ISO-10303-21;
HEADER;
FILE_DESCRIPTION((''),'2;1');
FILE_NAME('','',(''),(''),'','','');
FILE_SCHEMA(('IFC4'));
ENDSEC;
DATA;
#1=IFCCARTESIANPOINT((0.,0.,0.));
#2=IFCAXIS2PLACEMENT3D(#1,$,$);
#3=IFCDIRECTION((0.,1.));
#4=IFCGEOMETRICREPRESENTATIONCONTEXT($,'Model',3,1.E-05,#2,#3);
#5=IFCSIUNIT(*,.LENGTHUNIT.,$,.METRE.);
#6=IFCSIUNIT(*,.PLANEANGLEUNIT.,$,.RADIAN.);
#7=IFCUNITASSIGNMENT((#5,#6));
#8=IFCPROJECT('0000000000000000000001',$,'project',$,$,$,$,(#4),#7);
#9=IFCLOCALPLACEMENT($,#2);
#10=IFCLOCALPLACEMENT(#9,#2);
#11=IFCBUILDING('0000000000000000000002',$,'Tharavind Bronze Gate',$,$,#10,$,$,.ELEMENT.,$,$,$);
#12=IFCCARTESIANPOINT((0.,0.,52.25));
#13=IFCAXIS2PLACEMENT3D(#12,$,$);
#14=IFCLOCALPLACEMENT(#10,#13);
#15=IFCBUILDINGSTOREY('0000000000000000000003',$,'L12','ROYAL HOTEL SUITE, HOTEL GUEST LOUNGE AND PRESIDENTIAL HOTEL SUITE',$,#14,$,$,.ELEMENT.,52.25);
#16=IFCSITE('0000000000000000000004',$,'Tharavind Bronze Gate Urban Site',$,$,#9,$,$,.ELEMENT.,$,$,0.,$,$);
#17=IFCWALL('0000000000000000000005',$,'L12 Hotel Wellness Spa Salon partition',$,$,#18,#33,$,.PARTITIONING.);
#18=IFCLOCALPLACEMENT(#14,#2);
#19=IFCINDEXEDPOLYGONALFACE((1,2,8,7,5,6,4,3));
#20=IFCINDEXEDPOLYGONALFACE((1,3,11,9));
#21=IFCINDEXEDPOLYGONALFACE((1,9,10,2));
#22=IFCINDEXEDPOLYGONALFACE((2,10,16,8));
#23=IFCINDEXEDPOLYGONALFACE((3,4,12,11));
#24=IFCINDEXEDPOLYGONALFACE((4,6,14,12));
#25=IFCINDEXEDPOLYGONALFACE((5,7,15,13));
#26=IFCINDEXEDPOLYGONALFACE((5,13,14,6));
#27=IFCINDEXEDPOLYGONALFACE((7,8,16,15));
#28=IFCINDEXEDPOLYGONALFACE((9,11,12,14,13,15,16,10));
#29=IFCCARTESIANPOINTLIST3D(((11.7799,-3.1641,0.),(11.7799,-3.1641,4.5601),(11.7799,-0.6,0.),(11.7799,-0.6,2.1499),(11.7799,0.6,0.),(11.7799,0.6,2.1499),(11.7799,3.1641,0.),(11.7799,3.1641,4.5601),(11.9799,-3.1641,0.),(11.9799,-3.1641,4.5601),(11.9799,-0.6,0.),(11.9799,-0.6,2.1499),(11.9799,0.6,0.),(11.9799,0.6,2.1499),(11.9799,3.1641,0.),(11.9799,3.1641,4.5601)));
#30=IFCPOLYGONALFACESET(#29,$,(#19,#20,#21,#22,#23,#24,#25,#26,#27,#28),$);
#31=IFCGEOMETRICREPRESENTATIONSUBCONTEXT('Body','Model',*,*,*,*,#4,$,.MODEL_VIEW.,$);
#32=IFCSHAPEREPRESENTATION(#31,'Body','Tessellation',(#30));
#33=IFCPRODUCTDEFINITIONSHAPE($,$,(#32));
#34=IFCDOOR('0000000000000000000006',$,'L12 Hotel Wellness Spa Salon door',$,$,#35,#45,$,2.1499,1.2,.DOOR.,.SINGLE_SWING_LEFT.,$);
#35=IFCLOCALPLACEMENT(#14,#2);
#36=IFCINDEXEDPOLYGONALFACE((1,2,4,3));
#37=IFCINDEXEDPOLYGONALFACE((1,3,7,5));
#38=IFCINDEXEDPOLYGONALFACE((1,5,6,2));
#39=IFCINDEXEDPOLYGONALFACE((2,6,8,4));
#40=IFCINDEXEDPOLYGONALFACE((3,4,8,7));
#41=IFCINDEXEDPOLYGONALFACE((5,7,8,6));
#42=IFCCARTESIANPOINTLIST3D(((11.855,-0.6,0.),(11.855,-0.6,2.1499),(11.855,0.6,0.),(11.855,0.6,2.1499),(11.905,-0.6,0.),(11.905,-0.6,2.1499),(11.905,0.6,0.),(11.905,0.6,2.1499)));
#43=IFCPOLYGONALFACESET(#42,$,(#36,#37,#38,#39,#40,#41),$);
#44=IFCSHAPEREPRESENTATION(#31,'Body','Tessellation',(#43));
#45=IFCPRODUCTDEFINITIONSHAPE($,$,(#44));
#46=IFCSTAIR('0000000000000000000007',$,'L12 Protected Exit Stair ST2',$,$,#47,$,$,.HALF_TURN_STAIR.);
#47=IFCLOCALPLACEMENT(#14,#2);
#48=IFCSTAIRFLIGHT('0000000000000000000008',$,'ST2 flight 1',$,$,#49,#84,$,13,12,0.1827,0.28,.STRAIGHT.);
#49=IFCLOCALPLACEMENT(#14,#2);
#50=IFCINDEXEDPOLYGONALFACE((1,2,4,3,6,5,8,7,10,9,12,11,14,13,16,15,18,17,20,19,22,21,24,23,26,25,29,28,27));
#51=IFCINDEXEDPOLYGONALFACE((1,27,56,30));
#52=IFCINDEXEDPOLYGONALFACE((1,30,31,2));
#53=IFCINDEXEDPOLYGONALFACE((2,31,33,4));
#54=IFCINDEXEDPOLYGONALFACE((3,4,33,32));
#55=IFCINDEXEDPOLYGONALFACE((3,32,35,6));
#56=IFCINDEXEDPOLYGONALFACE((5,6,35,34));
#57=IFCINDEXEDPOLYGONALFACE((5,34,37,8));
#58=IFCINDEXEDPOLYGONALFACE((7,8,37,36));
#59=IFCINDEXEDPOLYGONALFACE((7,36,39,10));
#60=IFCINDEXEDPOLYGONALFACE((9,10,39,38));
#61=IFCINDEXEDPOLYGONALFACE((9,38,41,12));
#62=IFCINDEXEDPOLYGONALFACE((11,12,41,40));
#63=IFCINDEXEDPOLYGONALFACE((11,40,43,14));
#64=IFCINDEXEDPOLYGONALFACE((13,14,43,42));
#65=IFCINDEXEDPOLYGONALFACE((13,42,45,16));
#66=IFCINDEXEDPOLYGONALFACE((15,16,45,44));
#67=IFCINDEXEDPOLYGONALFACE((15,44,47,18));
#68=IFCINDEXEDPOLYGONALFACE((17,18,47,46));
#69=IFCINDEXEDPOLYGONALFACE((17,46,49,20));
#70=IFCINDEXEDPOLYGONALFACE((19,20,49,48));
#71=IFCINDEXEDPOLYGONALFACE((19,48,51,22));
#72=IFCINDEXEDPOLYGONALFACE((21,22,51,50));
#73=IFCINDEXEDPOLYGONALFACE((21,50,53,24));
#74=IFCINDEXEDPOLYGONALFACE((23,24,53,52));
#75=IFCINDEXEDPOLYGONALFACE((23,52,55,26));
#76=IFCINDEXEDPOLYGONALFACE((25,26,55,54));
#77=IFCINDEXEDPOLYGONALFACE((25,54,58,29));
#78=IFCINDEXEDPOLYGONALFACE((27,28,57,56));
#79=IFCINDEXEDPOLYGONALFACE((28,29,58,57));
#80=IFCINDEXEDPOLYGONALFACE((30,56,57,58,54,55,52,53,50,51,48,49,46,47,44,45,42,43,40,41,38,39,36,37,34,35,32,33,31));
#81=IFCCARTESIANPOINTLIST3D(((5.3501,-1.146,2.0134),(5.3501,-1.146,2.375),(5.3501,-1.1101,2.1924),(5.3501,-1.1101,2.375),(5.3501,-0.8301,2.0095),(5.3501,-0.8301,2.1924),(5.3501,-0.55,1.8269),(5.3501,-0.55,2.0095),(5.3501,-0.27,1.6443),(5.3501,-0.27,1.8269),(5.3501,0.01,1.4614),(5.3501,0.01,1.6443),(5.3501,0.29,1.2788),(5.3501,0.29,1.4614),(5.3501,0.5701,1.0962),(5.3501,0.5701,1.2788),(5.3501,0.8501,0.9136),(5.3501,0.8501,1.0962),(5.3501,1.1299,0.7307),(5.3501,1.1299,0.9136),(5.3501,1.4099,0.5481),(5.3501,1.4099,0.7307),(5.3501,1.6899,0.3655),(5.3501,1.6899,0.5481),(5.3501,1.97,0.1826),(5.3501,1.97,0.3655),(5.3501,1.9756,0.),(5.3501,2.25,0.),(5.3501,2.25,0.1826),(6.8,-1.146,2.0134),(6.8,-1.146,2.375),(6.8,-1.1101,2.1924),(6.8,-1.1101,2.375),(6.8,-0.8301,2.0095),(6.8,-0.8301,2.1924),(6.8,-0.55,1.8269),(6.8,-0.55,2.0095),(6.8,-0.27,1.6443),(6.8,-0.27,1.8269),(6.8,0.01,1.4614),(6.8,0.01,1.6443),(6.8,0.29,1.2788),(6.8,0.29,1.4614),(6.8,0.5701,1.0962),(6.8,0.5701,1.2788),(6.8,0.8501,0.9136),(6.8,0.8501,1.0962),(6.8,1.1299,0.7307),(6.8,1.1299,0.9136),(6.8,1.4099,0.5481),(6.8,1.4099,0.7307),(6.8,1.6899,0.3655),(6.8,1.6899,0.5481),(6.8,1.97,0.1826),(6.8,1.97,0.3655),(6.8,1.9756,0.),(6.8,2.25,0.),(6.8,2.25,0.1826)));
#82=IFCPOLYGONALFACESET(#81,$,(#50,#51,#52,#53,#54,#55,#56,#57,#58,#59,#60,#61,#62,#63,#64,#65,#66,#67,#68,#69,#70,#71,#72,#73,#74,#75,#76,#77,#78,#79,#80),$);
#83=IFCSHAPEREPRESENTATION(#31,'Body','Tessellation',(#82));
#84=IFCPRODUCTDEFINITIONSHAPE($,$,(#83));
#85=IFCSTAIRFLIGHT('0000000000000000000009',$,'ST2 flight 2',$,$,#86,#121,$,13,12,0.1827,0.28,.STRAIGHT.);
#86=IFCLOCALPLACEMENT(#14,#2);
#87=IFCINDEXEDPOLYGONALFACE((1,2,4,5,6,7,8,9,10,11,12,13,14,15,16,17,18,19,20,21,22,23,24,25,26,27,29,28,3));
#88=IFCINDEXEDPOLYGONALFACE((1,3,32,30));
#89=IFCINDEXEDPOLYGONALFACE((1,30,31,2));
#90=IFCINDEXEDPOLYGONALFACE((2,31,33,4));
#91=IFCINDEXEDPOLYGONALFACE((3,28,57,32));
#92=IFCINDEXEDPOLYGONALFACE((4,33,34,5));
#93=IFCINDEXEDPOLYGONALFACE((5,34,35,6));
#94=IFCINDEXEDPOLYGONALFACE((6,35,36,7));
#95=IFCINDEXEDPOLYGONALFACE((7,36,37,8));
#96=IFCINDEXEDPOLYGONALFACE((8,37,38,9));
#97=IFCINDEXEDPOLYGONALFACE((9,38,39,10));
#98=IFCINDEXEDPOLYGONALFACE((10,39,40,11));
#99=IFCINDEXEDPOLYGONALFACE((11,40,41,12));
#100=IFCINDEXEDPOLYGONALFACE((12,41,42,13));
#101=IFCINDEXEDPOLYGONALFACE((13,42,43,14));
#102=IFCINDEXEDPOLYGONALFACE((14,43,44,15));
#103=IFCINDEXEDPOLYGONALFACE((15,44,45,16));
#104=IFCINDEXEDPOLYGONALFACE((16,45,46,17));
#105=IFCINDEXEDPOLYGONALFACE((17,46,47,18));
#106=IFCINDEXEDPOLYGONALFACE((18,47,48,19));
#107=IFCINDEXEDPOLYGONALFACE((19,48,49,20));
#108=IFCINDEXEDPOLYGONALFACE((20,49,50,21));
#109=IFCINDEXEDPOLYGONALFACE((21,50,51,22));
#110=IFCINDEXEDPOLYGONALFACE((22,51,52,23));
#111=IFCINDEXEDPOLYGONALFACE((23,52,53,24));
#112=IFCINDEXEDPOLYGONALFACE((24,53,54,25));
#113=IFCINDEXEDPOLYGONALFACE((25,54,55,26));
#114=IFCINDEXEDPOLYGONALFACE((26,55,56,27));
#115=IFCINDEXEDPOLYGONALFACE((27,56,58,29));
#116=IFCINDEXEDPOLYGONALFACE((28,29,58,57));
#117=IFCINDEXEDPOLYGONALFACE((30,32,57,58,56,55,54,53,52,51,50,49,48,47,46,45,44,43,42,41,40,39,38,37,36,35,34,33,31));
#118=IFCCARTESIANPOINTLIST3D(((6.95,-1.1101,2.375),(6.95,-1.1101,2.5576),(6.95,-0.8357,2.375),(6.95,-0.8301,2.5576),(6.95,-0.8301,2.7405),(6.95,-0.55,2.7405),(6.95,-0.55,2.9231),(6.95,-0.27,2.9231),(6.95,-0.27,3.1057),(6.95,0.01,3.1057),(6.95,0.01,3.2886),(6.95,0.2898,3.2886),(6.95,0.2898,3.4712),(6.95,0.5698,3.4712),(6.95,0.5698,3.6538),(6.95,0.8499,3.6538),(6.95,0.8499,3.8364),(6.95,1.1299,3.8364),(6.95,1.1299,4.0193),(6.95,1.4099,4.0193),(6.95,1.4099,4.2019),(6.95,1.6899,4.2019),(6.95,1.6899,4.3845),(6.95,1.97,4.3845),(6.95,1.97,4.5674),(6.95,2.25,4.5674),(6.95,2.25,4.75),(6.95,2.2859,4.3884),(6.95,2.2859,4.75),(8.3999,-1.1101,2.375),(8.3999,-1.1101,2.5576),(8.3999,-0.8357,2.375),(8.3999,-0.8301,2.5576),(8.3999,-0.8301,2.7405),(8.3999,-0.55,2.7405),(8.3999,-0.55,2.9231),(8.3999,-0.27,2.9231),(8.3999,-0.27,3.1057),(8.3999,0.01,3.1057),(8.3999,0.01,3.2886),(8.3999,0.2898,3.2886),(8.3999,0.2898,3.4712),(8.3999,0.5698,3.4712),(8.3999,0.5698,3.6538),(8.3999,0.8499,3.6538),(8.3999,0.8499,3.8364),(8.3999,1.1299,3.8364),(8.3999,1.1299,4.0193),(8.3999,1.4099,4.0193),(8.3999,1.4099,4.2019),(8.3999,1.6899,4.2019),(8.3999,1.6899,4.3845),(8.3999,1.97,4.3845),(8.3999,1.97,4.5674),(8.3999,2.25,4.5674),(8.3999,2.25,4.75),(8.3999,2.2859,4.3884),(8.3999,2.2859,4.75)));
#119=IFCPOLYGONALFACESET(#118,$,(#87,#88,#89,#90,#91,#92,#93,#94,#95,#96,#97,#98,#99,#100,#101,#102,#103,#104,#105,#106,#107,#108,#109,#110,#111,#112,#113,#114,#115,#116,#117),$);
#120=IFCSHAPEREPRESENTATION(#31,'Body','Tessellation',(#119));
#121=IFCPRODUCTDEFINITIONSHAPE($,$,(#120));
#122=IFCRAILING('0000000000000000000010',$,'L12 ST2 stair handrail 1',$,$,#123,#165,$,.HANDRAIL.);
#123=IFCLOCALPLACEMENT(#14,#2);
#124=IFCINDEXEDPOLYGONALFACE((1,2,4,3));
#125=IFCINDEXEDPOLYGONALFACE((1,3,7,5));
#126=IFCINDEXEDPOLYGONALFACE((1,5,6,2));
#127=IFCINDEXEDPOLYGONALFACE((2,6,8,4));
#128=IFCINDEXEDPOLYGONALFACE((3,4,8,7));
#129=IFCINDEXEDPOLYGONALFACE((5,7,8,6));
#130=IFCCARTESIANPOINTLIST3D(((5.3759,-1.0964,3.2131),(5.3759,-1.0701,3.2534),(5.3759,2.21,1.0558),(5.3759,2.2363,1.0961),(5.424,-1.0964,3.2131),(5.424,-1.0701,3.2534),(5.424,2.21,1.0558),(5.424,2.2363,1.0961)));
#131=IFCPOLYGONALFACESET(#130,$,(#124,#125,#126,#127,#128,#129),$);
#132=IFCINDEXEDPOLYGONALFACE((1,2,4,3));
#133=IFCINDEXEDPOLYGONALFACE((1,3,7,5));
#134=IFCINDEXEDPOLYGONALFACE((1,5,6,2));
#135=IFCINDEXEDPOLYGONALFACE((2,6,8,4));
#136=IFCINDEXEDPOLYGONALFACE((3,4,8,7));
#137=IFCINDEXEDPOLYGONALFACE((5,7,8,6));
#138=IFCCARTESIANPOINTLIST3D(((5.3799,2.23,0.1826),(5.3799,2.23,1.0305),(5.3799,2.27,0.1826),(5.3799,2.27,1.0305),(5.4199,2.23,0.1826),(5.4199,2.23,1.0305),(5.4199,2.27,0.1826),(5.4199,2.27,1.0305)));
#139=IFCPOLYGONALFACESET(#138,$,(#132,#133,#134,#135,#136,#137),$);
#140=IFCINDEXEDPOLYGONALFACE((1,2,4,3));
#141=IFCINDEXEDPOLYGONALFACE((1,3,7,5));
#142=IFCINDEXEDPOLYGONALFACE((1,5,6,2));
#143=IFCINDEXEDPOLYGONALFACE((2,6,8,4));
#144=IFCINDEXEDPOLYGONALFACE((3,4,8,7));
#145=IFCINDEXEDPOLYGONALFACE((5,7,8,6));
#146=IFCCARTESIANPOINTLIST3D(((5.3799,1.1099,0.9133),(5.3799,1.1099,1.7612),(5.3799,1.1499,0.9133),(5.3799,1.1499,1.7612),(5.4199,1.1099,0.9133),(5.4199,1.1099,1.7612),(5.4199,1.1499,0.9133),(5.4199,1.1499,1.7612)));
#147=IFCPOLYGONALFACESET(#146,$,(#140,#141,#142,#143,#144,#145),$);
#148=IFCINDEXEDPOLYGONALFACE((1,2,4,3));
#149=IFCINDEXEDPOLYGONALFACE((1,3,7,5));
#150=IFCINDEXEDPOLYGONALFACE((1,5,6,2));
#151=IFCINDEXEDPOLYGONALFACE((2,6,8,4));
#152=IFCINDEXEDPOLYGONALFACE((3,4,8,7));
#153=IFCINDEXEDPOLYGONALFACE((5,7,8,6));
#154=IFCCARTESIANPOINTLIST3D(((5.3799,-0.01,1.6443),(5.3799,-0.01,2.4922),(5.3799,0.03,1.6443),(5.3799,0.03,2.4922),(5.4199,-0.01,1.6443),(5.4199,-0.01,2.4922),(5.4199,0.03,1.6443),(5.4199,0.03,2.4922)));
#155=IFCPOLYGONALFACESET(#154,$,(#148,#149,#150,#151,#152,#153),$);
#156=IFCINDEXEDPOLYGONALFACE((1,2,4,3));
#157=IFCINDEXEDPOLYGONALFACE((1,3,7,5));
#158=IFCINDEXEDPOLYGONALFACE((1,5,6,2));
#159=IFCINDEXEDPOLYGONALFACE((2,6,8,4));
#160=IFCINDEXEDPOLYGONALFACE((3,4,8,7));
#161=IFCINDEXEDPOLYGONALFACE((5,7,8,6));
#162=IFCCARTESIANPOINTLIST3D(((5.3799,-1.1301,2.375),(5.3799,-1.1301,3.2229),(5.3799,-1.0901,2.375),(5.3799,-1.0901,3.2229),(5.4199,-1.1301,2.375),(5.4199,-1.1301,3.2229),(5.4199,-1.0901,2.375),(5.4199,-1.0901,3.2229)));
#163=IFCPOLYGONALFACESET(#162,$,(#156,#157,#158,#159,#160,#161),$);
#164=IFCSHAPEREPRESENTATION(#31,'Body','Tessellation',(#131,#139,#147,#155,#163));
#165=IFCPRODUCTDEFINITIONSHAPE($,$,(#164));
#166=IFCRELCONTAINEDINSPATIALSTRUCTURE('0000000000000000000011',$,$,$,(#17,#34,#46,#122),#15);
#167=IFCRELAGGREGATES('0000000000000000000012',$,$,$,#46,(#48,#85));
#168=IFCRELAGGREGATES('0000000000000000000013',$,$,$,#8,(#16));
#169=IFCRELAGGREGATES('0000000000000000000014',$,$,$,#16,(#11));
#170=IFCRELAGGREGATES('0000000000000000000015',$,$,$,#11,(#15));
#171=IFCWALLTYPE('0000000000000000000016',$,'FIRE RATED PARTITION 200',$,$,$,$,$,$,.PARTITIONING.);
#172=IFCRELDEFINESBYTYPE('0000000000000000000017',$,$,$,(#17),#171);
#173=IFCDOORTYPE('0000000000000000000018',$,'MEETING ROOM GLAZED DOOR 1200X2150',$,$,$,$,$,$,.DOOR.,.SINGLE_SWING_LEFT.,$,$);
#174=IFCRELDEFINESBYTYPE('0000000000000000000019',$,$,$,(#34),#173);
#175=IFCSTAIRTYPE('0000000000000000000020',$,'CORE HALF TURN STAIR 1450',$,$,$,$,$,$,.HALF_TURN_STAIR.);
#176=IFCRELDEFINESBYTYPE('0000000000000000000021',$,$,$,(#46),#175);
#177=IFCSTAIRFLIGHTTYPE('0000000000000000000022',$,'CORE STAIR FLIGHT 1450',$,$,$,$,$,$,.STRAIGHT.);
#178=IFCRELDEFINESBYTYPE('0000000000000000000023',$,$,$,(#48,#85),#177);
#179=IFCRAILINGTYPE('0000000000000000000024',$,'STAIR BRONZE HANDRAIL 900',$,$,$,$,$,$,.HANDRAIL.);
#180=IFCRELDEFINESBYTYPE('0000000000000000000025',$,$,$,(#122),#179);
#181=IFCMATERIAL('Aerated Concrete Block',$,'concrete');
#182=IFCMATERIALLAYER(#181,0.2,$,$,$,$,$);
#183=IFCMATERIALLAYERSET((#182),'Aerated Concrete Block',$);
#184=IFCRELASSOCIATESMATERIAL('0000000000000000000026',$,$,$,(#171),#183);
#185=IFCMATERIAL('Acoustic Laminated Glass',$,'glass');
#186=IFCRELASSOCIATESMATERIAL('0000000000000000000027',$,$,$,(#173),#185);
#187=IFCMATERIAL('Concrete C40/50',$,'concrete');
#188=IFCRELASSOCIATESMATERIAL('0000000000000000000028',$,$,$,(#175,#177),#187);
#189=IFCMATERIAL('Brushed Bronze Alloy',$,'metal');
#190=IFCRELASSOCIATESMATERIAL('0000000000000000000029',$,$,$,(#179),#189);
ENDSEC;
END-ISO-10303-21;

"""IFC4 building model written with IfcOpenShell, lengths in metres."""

from ifc_helpers import new_model, si_unit, direction, frame, frame_2d, origin, origin_2d, place, context, subcontext, project, spatial, polyline, rectangle, outline, extrude, material, layer, layer_set, type_object, element, fill, aggregate, save


model = new_model("IFC4")

# Units and contexts
model_context = context("Model", 3, precision=1e-05, world=origin(), true_north=direction((0.0, 1.0)))
body_context = subcontext(model_context, "Body", "Model", "MODEL_VIEW")
ifc_project = project(units=[si_unit("LENGTHUNIT", "METRE"), si_unit("PLANEANGLEUNIT", "RADIAN")], contexts=[model_context])

# Site, building, storey
site_placement = place(None, origin())
site = spatial("IfcSite", under=ifc_project, at=site_placement, Name="Tharavind Bronze Gate Urban Site", CompositionType="ELEMENT", RefElevation=0.0)
building_placement = place(site_placement, origin())
building = spatial("IfcBuilding", under=site, at=building_placement, Name="Tharavind Bronze Gate", CompositionType="ELEMENT")
storey_placement = place(building_placement, frame((0.0, 0.0, 52.25)))
storey = spatial("IfcBuildingStorey", under=building, at=storey_placement, Name="L12", Description="ROYAL HOTEL SUITE, HOTEL GUEST LOUNGE AND PRESIDENTIAL HOTEL SUITE", CompositionType="ELEMENT", Elevation=52.25)

# Shared definitions
ifc_material_1 = material(Name="Aerated Concrete Block", Category="concrete")
ifc_layer_1 = layer(ifc_material_1, 0.2)
ifc_layer_set_1 = layer_set([ifc_layer_1], Name="Aerated Concrete Block")
wall_type_1 = type_object("IfcWallType", Name="FIRE RATED PARTITION 200", PredefinedType="PARTITIONING", material=ifc_layer_set_1)

# Shared definitions
ifc_material_2 = material(Name="Acoustic Laminated Glass", Category="glass")
door_type_1 = type_object("IfcDoorType", Name="MEETING ROOM GLAZED DOOR 1200X2150", OperationType="SINGLE_SWING_LEFT", PredefinedType="DOOR", material=ifc_material_2)

# Wall, opening, door
wall_1_placement = place(storey_placement, frame((11.8799, -3.1641, 0.0), z_axis=(0.0, 0.0, 1.0), x_axis=(0.0, 1.0, 0.0)))
wall_1 = element("IfcWall", 1, at=wall_1_placement, inside=storey, type_object=wall_type_1, Name="L12 Hotel Wellness Spa Salon partition", PredefinedType="PARTITIONING", context=body_context, shape_type="SweptSolid", body=[
    extrude(rectangle(XDim=6.3281, YDim=0.2, at=frame_2d((3.1641, 0.0))), origin(), (0.0, 0.0, 1.0), 4.5601),
])
opening_1_placement = place(wall_1_placement, frame((2.564, 0.0, 0.0)))
opening_1 = element("IfcOpeningElement", 2, at=opening_1_placement, cuts=wall_1, PredefinedType="OPENING", context=body_context, shape_type="SweptSolid", body=[
    extrude(rectangle(XDim=1.2, YDim=2.1499, at=frame_2d((0.6001, 1.075))), frame((0.0, 0.1101, 0.0), z_axis=(0.0, -1.0, 0.0), x_axis=(1.0, 0.0, 0.0)), (0.0, 0.0, 1.0), 0.22),
])
door_1_placement = place(opening_1_placement, origin())
door_1 = element("IfcDoor", 3, at=door_1_placement, inside=storey, type_object=door_type_1, Name="L12 Hotel Wellness Spa Salon door", OperationType="SINGLE_SWING_LEFT", OverallHeight=2.1499, OverallWidth=1.2, PredefinedType="DOOR", context=body_context, shape_type="SweptSolid", body=[
    extrude(rectangle(XDim=1.2, YDim=2.1499, at=frame_2d((0.6001, 1.075))), frame((0.0, 0.0249, 0.0), z_axis=(0.0, -1.0, 0.0), x_axis=(1.0, 0.0, 0.0)), (0.0, 0.0, 1.0), 0.05),
])
fill(opening_1, door_1)

# Stair, stair flights
ifc_material_3 = material(Name="Concrete C40/50", Category="concrete")
stair_type = type_object("IfcStairType", Name="CORE HALF TURN STAIR 1450", PredefinedType="HALF_TURN_STAIR", material=ifc_material_3)
stair_placement = place(storey_placement, origin())
stair = element("IfcStair", 4, at=stair_placement, inside=storey, type_object=stair_type, Name="L12 Protected Exit Stair ST2", PredefinedType="HALF_TURN_STAIR")
stair_flight_type = type_object("IfcStairFlightType", Name="CORE STAIR FLIGHT 1450", PredefinedType="STRAIGHT", material=ifc_material_3)
stair_flight_1_placement = place(storey_placement, frame((6.075, 2.25, 0.0), z_axis=(0.0, 0.0, 1.0), x_axis=(0.0, -1.0, 0.0)))
stair_flight_1 = element("IfcStairFlight", 5, at=stair_flight_1_placement, type_object=stair_flight_type, Name="ST2 flight 1", NumberOfRisers=13, NumberOfTreads=12, PredefinedType="STRAIGHT", RiserHeight=0.1827, TreadLength=0.28, context=body_context, shape_type="SweptSolid", body=[
    extrude(outline(polyline([(0.0, 0.0), (0.0, 0.1826), (0.28, 0.1826), (0.28, 0.3655), (0.5601, 0.3655), (0.5601, 0.5481), (0.8401, 0.5481), (0.8401, 0.7307), (1.1201, 0.7307), (1.1201, 0.9136), (1.3999, 0.9136), (1.3999, 1.0962), (1.6799, 1.0962), (1.6799, 1.2788), (1.96, 1.2788), (1.96, 1.4614), (2.24, 1.4614), (2.24, 1.6443), (2.52, 1.6443), (2.52, 1.8269), (2.8, 1.8269), (2.8, 2.0095), (3.0801, 2.0095), (3.0801, 2.1924), (3.3601, 2.1924), (3.3601, 2.375), (3.396, 2.375), (3.396, 2.0134), (0.2744, 0.0), (0.0, 0.0)])), frame((0.0, 0.7251, 0.0), z_axis=(0.0, -1.0, 0.0), x_axis=(1.0, 0.0, 0.0)), (0.0, 0.0, 1.0), 1.45),
])
stair_flight_2_placement = place(storey_placement, frame((7.675, -1.1101, 2.375), z_axis=(0.0, 0.0, 1.0), x_axis=(0.0, 1.0, 0.0)))
stair_flight_2 = element("IfcStairFlight", 6, at=stair_flight_2_placement, type_object=stair_flight_type, Name="ST2 flight 2", NumberOfRisers=13, NumberOfTreads=12, PredefinedType="STRAIGHT", RiserHeight=0.1827, TreadLength=0.28, context=body_context, shape_type="SweptSolid", body=[
    extrude(outline(polyline([(0.0, 0.0), (0.0, 0.1826), (0.28, 0.1826), (0.28, 0.3655), (0.5601, 0.3655), (0.5601, 0.5481), (0.8401, 0.5481), (0.8401, 0.7307), (1.1201, 0.7307), (1.1201, 0.9136), (1.3999, 0.9136), (1.3999, 1.0962), (1.6799, 1.0962), (1.6799, 1.2788), (1.96, 1.2788), (1.96, 1.4614), (2.24, 1.4614), (2.24, 1.6443), (2.52, 1.6443), (2.52, 1.8269), (2.8, 1.8269), (2.8, 2.0095), (3.0801, 2.0095), (3.0801, 2.1924), (3.3601, 2.1924), (3.3601, 2.375), (3.396, 2.375), (3.396, 2.0134), (0.2744, 0.0), (0.0, 0.0)])), frame((0.0, 0.7251, 0.0), z_axis=(0.0, -1.0, 0.0), x_axis=(1.0, 0.0, 0.0)), (0.0, 0.0, 1.0), 1.45),
])
aggregate(stair, [stair_flight_1, stair_flight_2])

# Railing
ifc_material_4 = material(Name="Brushed Bronze Alloy", Category="metal")
railing_type_1 = type_object("IfcRailingType", Name="STAIR BRONZE HANDRAIL 900", PredefinedType="HANDRAIL", material=ifc_material_4)
railing_1_placement = place(storey_placement, frame((5.3999, 2.25, 0.1826)))
element("IfcRailing", 7, at=railing_1_placement, inside=storey, type_object=railing_type_1, Name="L12 ST2 stair handrail 1", PredefinedType="HANDRAIL", context=body_context, shape_type="SweptSolid", body=[
    extrude(rectangle(XDim=0.0481, YDim=0.0481, at=origin_2d()), frame((0.0, -0.0269, 0.8933), z_axis=(0.0, -0.837496, 0.546444), x_axis=(1.0, 0.0, 0.0)), (0.0, 0.0, 1.0), 3.948),
    extrude(rectangle(XDim=0.04, YDim=0.04, at=origin_2d()), origin(), (0.0, 0.0, 1.0), 0.8479),
    extrude(rectangle(XDim=0.04, YDim=0.04, at=origin_2d()), frame((0.0, -1.1201, 0.7307)), (0.0, 0.0, 1.0), 0.8479),
    extrude(rectangle(XDim=0.04, YDim=0.04, at=origin_2d()), frame((0.0, -2.24, 1.4617)), (0.0, 0.0, 1.0), 0.8479),
    extrude(rectangle(XDim=0.04, YDim=0.04, at=origin_2d()), frame((0.0, -3.3601, 2.1924)), (0.0, 0.0, 1.0), 0.8479),
])

save(model, "model.ifc")
